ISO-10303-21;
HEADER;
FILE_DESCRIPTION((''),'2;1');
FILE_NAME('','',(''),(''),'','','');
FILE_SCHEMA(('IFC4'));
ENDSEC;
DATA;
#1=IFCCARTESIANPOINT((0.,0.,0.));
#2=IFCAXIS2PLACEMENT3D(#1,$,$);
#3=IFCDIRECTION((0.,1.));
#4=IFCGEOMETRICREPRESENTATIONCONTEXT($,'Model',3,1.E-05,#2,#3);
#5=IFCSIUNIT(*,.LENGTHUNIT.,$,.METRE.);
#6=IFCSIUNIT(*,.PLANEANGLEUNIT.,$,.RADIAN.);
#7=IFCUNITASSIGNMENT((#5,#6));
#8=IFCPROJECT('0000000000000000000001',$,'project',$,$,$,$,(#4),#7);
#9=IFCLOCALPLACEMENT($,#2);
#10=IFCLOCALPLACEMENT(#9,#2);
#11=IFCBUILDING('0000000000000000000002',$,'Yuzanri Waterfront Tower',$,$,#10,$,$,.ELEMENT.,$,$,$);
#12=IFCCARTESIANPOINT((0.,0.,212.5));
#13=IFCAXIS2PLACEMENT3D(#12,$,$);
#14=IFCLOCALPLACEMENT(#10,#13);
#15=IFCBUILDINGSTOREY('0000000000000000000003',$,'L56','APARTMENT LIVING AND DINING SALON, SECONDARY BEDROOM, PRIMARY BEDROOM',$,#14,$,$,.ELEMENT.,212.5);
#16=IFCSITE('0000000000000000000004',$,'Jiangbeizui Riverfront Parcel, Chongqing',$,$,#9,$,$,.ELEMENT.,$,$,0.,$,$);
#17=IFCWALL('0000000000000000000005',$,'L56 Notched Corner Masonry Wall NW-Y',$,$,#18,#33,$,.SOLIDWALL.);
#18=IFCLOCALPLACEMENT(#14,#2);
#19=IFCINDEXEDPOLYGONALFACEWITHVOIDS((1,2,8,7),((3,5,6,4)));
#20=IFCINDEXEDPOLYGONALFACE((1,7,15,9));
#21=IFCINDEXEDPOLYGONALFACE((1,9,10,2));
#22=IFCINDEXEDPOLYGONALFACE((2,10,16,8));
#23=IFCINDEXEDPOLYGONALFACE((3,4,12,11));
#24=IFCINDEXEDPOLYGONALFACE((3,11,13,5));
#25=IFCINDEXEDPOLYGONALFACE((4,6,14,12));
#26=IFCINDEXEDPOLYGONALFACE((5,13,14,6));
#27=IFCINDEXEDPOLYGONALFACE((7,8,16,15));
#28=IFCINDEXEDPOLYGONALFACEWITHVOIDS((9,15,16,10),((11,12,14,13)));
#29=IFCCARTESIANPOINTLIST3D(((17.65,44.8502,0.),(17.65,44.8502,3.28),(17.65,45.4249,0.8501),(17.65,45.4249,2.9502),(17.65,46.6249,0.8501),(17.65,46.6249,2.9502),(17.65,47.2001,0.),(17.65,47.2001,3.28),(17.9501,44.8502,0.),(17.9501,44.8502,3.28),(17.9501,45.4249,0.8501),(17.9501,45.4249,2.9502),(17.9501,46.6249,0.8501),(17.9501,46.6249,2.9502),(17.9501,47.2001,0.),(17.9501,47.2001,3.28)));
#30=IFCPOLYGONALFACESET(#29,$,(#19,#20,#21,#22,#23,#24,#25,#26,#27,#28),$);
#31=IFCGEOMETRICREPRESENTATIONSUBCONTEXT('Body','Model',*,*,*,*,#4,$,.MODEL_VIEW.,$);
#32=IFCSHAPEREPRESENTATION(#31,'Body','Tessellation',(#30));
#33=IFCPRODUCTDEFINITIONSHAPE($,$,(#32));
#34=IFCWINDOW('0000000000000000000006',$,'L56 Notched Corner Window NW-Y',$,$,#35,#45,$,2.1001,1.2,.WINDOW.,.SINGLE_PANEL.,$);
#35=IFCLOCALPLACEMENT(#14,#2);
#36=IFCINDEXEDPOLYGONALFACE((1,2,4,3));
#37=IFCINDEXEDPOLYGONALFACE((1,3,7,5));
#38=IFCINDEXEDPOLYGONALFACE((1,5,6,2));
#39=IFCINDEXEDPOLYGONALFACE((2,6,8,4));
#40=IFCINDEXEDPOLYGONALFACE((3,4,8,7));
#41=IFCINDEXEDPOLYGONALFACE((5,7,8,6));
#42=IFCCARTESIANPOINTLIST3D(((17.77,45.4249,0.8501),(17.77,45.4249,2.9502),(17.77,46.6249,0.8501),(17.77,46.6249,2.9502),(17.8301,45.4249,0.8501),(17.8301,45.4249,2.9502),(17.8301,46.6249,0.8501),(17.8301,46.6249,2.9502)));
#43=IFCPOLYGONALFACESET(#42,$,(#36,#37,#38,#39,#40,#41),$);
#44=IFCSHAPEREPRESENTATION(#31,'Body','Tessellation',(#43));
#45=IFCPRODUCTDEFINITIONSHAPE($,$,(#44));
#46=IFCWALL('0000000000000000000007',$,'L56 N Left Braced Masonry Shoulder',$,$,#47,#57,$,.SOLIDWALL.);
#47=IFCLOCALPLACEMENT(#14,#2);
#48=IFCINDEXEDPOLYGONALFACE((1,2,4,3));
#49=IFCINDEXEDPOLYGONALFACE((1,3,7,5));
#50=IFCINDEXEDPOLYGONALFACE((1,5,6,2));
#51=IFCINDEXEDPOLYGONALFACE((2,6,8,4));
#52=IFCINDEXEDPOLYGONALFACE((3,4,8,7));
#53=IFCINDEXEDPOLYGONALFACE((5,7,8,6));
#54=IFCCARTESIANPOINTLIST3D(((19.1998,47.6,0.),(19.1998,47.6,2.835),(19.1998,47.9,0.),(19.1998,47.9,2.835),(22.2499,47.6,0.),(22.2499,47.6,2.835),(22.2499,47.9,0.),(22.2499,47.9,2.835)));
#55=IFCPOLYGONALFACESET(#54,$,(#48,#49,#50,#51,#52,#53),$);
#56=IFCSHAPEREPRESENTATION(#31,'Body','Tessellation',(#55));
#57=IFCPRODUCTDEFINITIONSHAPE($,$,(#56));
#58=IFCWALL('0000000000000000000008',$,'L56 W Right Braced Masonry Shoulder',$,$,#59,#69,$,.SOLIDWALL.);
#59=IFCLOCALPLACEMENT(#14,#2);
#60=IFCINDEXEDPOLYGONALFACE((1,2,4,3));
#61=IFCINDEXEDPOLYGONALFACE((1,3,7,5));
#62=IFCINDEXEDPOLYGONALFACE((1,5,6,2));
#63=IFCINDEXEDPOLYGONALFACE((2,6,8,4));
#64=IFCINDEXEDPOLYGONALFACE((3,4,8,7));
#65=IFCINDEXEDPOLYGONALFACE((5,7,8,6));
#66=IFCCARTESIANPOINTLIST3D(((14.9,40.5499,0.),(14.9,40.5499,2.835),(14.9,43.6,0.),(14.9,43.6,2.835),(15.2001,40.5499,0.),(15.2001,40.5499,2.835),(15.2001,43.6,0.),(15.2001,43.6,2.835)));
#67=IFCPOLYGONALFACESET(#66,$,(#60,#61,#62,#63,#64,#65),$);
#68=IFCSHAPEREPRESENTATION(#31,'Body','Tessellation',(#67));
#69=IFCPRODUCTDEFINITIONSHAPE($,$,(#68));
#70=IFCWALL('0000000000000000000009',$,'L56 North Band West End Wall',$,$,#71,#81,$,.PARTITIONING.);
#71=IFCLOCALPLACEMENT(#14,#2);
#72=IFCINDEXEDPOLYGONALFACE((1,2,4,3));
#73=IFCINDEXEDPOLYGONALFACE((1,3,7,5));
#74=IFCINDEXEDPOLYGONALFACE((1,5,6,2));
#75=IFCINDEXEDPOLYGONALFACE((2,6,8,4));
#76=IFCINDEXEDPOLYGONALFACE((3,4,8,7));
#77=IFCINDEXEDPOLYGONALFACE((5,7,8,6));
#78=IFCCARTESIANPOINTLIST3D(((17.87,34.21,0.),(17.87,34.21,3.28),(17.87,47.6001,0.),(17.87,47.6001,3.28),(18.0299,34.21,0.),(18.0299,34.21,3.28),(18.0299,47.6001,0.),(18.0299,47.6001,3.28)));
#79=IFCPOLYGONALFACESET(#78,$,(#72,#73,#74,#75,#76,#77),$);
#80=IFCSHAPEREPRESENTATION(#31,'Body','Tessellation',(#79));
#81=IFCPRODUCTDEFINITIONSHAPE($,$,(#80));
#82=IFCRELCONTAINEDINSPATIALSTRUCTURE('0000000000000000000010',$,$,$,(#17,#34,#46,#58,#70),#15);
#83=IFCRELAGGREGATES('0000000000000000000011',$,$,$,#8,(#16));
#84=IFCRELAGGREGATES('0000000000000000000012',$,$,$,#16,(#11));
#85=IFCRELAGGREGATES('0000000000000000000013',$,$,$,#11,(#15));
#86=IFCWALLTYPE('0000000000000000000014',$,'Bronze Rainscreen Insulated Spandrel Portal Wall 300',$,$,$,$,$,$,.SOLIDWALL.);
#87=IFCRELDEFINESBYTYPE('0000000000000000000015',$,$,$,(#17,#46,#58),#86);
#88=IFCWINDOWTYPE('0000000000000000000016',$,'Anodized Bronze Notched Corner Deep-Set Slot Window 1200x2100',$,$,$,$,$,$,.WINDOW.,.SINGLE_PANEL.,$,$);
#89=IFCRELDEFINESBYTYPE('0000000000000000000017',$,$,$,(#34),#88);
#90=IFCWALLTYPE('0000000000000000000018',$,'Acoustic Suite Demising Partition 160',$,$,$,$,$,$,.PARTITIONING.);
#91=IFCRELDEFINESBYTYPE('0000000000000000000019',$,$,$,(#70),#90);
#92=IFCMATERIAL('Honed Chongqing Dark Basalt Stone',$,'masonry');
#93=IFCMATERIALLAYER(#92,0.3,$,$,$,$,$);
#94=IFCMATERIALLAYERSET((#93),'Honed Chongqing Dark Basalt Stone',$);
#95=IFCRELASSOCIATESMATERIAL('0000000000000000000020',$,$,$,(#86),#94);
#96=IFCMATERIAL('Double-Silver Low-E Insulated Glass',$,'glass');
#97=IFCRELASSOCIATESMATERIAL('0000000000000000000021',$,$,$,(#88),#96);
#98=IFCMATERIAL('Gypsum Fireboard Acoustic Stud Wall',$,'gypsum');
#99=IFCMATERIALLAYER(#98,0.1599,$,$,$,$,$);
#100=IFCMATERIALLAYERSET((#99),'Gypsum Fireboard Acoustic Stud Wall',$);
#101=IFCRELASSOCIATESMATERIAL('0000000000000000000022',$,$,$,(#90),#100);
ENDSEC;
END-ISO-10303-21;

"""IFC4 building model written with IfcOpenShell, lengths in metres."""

from ifc_helpers import new_model, si_unit, direction, frame, frame_2d, origin, place, context, subcontext, project, spatial, rectangle, extrude, source, transform, mapped, material, layer, layer_set, type_object, element, fill, save


model = new_model("IFC4")

# Units and contexts
model_context = context("Model", 3, precision=1e-05, world=origin(), true_north=direction((0.0, 1.0)))
body_context = subcontext(model_context, "Body", "Model", "MODEL_VIEW")
ifc_project = project(units=[si_unit("LENGTHUNIT", "METRE"), si_unit("PLANEANGLEUNIT", "RADIAN")], contexts=[model_context])

# Site, building, storey
site_placement = place(None, origin())
site = spatial("IfcSite", under=ifc_project, at=site_placement, Name="Jiangbeizui Riverfront Parcel, Chongqing", CompositionType="ELEMENT", RefElevation=0.0)
building_placement = place(site_placement, origin())
building = spatial("IfcBuilding", under=site, at=building_placement, Name="Yuzanri Waterfront Tower", CompositionType="ELEMENT")
storey_placement = place(building_placement, frame((0.0, 0.0, 212.5)))
storey = spatial("IfcBuildingStorey", under=building, at=storey_placement, Name="L56", Description="APARTMENT LIVING AND DINING SALON, SECONDARY BEDROOM, PRIMARY BEDROOM", CompositionType="ELEMENT", Elevation=212.5)

# Wall, opening, window
ifc_material_1 = material(Name="Honed Chongqing Dark Basalt Stone", Category="masonry")
ifc_layer_1 = layer(ifc_material_1, 0.3)
ifc_layer_set_1 = layer_set([ifc_layer_1], Name="Honed Chongqing Dark Basalt Stone")
wall_type_1 = type_object("IfcWallType", Name="Bronze Rainscreen Insulated Spandrel Portal Wall 300", PredefinedType="SOLIDWALL", material=ifc_layer_set_1)
wall_1_placement = place(storey_placement, frame((17.8, 47.2, 0.0), z_axis=(0.0, 0.0, 1.0), x_axis=(0.0, -1.0, 0.0)))
wall_1 = element("IfcWall", 1, at=wall_1_placement, inside=storey, type_object=wall_type_1, Name="L56 Notched Corner Masonry Wall NW-Y", PredefinedType="SOLIDWALL", context=body_context, shape_type="SweptSolid", body=[
    extrude(rectangle(XDim=2.3499, YDim=0.3, at=frame_2d((1.1748, 0.0))), origin(), (0.0, 0.0, 1.0), 3.28),
])
opening_1_placement = place(wall_1_placement, frame((0.575, 0.0, 0.8501)))
opening_1 = element("IfcOpeningElement", 2, at=opening_1_placement, cuts=wall_1, PredefinedType="OPENING", context=body_context, shape_type="SweptSolid", body=[
    extrude(rectangle(XDim=1.2, YDim=2.1001, at=frame_2d((0.6001, 1.05))), frame((0.0, 0.165, 0.0), z_axis=(0.0, -1.0, 0.0), x_axis=(1.0, 0.0, 0.0)), (0.0, 0.0, 1.0), 0.3298),
])
ifc_material_2 = material(Name="Double-Silver Low-E Insulated Glass", Category="glass")
window_type_1 = type_object("IfcWindowType", Name="Anodized Bronze Notched Corner Deep-Set Slot Window 1200x2100", PartitioningType="SINGLE_PANEL", PredefinedType="WINDOW", material=ifc_material_2)
shared_shape_1 = source(origin(), body_context, "Body", "SweptSolid", [
    extrude(rectangle(XDim=1.2, YDim=2.1001, at=frame_2d((0.6001, 1.05))), frame((0.0, 0.03, 0.0), z_axis=(0.0, -1.0, 0.0), x_axis=(1.0, 0.0, 0.0)), (0.0, 0.0, 1.0), 0.0601),
])
window_1_placement = place(opening_1_placement, origin())
window_1 = element("IfcWindow", 3, at=window_1_placement, inside=storey, type_object=window_type_1, Name="L56 Notched Corner Window NW-Y", OverallHeight=2.1001, OverallWidth=1.2, PartitioningType="SINGLE_PANEL", PredefinedType="WINDOW", context=body_context, shape_type="MappedRepresentation", body=[
    mapped(shared_shape_1, transform((0.0, 0.0, 0.0), scale=1.0)),
])
fill(opening_1, window_1)

# Walls
shared_shape_2 = source(origin(), body_context, "Body", "SweptSolid", [
    extrude(rectangle(XDim=3.05, YDim=0.3, at=frame_2d((1.5249, 0.0))), origin(), (0.0, 0.0, 1.0), 2.835),
])
for number, where, z_axis, x_axis, name in (
    (4, (19.2, 47.75, 0.0), (0.0, 0.0, 1.0), (1.0, 0.0, 0.0), "L56 N Left Braced Masonry Shoulder"),
    (5, (15.05, 40.55, 0.0), (0.0, 0.0, 1.0), (0.0, 1.0, 0.0), "L56 W Right Braced Masonry Shoulder"),
):
    element("IfcWall", number, at=place(storey_placement, frame(where, z_axis=z_axis, x_axis=x_axis)), inside=storey, type_object=wall_type_1, Name=name, PredefinedType="SOLIDWALL", context=body_context, shape_type="MappedRepresentation", body=[
        mapped(shared_shape_2, transform((0.0, 0.0, 0.0), scale=1.0)),
    ])
ifc_material_3 = material(Name="Gypsum Fireboard Acoustic Stud Wall", Category="gypsum")
ifc_layer_2 = layer(ifc_material_3, 0.1599)
ifc_layer_set_2 = layer_set([ifc_layer_2], Name="Gypsum Fireboard Acoustic Stud Wall")
wall_type_2 = type_object("IfcWallType", Name="Acoustic Suite Demising Partition 160", PredefinedType="PARTITIONING", material=ifc_layer_set_2)
shared_shape_3 = source(origin(), body_context, "Body", "SweptSolid", [
    extrude(rectangle(XDim=13.3901, YDim=0.1599, at=frame_2d((6.6951, 0.0))), origin(), (0.0, 0.0, 1.0), 3.28),
])
wall_2_placement = place(storey_placement, frame((17.95, 34.21, 0.0), z_axis=(0.0, 0.0, 1.0), x_axis=(0.0, 1.0, 0.0)))
element("IfcWall", 6, at=wall_2_placement, inside=storey, type_object=wall_type_2, Name="L56 North Band West End Wall", PredefinedType="PARTITIONING", context=body_context, shape_type="MappedRepresentation", body=[
    mapped(shared_shape_3, transform((0.0, 0.0, 0.0), scale=1.0)),
])

save(model, "model.ifc")
